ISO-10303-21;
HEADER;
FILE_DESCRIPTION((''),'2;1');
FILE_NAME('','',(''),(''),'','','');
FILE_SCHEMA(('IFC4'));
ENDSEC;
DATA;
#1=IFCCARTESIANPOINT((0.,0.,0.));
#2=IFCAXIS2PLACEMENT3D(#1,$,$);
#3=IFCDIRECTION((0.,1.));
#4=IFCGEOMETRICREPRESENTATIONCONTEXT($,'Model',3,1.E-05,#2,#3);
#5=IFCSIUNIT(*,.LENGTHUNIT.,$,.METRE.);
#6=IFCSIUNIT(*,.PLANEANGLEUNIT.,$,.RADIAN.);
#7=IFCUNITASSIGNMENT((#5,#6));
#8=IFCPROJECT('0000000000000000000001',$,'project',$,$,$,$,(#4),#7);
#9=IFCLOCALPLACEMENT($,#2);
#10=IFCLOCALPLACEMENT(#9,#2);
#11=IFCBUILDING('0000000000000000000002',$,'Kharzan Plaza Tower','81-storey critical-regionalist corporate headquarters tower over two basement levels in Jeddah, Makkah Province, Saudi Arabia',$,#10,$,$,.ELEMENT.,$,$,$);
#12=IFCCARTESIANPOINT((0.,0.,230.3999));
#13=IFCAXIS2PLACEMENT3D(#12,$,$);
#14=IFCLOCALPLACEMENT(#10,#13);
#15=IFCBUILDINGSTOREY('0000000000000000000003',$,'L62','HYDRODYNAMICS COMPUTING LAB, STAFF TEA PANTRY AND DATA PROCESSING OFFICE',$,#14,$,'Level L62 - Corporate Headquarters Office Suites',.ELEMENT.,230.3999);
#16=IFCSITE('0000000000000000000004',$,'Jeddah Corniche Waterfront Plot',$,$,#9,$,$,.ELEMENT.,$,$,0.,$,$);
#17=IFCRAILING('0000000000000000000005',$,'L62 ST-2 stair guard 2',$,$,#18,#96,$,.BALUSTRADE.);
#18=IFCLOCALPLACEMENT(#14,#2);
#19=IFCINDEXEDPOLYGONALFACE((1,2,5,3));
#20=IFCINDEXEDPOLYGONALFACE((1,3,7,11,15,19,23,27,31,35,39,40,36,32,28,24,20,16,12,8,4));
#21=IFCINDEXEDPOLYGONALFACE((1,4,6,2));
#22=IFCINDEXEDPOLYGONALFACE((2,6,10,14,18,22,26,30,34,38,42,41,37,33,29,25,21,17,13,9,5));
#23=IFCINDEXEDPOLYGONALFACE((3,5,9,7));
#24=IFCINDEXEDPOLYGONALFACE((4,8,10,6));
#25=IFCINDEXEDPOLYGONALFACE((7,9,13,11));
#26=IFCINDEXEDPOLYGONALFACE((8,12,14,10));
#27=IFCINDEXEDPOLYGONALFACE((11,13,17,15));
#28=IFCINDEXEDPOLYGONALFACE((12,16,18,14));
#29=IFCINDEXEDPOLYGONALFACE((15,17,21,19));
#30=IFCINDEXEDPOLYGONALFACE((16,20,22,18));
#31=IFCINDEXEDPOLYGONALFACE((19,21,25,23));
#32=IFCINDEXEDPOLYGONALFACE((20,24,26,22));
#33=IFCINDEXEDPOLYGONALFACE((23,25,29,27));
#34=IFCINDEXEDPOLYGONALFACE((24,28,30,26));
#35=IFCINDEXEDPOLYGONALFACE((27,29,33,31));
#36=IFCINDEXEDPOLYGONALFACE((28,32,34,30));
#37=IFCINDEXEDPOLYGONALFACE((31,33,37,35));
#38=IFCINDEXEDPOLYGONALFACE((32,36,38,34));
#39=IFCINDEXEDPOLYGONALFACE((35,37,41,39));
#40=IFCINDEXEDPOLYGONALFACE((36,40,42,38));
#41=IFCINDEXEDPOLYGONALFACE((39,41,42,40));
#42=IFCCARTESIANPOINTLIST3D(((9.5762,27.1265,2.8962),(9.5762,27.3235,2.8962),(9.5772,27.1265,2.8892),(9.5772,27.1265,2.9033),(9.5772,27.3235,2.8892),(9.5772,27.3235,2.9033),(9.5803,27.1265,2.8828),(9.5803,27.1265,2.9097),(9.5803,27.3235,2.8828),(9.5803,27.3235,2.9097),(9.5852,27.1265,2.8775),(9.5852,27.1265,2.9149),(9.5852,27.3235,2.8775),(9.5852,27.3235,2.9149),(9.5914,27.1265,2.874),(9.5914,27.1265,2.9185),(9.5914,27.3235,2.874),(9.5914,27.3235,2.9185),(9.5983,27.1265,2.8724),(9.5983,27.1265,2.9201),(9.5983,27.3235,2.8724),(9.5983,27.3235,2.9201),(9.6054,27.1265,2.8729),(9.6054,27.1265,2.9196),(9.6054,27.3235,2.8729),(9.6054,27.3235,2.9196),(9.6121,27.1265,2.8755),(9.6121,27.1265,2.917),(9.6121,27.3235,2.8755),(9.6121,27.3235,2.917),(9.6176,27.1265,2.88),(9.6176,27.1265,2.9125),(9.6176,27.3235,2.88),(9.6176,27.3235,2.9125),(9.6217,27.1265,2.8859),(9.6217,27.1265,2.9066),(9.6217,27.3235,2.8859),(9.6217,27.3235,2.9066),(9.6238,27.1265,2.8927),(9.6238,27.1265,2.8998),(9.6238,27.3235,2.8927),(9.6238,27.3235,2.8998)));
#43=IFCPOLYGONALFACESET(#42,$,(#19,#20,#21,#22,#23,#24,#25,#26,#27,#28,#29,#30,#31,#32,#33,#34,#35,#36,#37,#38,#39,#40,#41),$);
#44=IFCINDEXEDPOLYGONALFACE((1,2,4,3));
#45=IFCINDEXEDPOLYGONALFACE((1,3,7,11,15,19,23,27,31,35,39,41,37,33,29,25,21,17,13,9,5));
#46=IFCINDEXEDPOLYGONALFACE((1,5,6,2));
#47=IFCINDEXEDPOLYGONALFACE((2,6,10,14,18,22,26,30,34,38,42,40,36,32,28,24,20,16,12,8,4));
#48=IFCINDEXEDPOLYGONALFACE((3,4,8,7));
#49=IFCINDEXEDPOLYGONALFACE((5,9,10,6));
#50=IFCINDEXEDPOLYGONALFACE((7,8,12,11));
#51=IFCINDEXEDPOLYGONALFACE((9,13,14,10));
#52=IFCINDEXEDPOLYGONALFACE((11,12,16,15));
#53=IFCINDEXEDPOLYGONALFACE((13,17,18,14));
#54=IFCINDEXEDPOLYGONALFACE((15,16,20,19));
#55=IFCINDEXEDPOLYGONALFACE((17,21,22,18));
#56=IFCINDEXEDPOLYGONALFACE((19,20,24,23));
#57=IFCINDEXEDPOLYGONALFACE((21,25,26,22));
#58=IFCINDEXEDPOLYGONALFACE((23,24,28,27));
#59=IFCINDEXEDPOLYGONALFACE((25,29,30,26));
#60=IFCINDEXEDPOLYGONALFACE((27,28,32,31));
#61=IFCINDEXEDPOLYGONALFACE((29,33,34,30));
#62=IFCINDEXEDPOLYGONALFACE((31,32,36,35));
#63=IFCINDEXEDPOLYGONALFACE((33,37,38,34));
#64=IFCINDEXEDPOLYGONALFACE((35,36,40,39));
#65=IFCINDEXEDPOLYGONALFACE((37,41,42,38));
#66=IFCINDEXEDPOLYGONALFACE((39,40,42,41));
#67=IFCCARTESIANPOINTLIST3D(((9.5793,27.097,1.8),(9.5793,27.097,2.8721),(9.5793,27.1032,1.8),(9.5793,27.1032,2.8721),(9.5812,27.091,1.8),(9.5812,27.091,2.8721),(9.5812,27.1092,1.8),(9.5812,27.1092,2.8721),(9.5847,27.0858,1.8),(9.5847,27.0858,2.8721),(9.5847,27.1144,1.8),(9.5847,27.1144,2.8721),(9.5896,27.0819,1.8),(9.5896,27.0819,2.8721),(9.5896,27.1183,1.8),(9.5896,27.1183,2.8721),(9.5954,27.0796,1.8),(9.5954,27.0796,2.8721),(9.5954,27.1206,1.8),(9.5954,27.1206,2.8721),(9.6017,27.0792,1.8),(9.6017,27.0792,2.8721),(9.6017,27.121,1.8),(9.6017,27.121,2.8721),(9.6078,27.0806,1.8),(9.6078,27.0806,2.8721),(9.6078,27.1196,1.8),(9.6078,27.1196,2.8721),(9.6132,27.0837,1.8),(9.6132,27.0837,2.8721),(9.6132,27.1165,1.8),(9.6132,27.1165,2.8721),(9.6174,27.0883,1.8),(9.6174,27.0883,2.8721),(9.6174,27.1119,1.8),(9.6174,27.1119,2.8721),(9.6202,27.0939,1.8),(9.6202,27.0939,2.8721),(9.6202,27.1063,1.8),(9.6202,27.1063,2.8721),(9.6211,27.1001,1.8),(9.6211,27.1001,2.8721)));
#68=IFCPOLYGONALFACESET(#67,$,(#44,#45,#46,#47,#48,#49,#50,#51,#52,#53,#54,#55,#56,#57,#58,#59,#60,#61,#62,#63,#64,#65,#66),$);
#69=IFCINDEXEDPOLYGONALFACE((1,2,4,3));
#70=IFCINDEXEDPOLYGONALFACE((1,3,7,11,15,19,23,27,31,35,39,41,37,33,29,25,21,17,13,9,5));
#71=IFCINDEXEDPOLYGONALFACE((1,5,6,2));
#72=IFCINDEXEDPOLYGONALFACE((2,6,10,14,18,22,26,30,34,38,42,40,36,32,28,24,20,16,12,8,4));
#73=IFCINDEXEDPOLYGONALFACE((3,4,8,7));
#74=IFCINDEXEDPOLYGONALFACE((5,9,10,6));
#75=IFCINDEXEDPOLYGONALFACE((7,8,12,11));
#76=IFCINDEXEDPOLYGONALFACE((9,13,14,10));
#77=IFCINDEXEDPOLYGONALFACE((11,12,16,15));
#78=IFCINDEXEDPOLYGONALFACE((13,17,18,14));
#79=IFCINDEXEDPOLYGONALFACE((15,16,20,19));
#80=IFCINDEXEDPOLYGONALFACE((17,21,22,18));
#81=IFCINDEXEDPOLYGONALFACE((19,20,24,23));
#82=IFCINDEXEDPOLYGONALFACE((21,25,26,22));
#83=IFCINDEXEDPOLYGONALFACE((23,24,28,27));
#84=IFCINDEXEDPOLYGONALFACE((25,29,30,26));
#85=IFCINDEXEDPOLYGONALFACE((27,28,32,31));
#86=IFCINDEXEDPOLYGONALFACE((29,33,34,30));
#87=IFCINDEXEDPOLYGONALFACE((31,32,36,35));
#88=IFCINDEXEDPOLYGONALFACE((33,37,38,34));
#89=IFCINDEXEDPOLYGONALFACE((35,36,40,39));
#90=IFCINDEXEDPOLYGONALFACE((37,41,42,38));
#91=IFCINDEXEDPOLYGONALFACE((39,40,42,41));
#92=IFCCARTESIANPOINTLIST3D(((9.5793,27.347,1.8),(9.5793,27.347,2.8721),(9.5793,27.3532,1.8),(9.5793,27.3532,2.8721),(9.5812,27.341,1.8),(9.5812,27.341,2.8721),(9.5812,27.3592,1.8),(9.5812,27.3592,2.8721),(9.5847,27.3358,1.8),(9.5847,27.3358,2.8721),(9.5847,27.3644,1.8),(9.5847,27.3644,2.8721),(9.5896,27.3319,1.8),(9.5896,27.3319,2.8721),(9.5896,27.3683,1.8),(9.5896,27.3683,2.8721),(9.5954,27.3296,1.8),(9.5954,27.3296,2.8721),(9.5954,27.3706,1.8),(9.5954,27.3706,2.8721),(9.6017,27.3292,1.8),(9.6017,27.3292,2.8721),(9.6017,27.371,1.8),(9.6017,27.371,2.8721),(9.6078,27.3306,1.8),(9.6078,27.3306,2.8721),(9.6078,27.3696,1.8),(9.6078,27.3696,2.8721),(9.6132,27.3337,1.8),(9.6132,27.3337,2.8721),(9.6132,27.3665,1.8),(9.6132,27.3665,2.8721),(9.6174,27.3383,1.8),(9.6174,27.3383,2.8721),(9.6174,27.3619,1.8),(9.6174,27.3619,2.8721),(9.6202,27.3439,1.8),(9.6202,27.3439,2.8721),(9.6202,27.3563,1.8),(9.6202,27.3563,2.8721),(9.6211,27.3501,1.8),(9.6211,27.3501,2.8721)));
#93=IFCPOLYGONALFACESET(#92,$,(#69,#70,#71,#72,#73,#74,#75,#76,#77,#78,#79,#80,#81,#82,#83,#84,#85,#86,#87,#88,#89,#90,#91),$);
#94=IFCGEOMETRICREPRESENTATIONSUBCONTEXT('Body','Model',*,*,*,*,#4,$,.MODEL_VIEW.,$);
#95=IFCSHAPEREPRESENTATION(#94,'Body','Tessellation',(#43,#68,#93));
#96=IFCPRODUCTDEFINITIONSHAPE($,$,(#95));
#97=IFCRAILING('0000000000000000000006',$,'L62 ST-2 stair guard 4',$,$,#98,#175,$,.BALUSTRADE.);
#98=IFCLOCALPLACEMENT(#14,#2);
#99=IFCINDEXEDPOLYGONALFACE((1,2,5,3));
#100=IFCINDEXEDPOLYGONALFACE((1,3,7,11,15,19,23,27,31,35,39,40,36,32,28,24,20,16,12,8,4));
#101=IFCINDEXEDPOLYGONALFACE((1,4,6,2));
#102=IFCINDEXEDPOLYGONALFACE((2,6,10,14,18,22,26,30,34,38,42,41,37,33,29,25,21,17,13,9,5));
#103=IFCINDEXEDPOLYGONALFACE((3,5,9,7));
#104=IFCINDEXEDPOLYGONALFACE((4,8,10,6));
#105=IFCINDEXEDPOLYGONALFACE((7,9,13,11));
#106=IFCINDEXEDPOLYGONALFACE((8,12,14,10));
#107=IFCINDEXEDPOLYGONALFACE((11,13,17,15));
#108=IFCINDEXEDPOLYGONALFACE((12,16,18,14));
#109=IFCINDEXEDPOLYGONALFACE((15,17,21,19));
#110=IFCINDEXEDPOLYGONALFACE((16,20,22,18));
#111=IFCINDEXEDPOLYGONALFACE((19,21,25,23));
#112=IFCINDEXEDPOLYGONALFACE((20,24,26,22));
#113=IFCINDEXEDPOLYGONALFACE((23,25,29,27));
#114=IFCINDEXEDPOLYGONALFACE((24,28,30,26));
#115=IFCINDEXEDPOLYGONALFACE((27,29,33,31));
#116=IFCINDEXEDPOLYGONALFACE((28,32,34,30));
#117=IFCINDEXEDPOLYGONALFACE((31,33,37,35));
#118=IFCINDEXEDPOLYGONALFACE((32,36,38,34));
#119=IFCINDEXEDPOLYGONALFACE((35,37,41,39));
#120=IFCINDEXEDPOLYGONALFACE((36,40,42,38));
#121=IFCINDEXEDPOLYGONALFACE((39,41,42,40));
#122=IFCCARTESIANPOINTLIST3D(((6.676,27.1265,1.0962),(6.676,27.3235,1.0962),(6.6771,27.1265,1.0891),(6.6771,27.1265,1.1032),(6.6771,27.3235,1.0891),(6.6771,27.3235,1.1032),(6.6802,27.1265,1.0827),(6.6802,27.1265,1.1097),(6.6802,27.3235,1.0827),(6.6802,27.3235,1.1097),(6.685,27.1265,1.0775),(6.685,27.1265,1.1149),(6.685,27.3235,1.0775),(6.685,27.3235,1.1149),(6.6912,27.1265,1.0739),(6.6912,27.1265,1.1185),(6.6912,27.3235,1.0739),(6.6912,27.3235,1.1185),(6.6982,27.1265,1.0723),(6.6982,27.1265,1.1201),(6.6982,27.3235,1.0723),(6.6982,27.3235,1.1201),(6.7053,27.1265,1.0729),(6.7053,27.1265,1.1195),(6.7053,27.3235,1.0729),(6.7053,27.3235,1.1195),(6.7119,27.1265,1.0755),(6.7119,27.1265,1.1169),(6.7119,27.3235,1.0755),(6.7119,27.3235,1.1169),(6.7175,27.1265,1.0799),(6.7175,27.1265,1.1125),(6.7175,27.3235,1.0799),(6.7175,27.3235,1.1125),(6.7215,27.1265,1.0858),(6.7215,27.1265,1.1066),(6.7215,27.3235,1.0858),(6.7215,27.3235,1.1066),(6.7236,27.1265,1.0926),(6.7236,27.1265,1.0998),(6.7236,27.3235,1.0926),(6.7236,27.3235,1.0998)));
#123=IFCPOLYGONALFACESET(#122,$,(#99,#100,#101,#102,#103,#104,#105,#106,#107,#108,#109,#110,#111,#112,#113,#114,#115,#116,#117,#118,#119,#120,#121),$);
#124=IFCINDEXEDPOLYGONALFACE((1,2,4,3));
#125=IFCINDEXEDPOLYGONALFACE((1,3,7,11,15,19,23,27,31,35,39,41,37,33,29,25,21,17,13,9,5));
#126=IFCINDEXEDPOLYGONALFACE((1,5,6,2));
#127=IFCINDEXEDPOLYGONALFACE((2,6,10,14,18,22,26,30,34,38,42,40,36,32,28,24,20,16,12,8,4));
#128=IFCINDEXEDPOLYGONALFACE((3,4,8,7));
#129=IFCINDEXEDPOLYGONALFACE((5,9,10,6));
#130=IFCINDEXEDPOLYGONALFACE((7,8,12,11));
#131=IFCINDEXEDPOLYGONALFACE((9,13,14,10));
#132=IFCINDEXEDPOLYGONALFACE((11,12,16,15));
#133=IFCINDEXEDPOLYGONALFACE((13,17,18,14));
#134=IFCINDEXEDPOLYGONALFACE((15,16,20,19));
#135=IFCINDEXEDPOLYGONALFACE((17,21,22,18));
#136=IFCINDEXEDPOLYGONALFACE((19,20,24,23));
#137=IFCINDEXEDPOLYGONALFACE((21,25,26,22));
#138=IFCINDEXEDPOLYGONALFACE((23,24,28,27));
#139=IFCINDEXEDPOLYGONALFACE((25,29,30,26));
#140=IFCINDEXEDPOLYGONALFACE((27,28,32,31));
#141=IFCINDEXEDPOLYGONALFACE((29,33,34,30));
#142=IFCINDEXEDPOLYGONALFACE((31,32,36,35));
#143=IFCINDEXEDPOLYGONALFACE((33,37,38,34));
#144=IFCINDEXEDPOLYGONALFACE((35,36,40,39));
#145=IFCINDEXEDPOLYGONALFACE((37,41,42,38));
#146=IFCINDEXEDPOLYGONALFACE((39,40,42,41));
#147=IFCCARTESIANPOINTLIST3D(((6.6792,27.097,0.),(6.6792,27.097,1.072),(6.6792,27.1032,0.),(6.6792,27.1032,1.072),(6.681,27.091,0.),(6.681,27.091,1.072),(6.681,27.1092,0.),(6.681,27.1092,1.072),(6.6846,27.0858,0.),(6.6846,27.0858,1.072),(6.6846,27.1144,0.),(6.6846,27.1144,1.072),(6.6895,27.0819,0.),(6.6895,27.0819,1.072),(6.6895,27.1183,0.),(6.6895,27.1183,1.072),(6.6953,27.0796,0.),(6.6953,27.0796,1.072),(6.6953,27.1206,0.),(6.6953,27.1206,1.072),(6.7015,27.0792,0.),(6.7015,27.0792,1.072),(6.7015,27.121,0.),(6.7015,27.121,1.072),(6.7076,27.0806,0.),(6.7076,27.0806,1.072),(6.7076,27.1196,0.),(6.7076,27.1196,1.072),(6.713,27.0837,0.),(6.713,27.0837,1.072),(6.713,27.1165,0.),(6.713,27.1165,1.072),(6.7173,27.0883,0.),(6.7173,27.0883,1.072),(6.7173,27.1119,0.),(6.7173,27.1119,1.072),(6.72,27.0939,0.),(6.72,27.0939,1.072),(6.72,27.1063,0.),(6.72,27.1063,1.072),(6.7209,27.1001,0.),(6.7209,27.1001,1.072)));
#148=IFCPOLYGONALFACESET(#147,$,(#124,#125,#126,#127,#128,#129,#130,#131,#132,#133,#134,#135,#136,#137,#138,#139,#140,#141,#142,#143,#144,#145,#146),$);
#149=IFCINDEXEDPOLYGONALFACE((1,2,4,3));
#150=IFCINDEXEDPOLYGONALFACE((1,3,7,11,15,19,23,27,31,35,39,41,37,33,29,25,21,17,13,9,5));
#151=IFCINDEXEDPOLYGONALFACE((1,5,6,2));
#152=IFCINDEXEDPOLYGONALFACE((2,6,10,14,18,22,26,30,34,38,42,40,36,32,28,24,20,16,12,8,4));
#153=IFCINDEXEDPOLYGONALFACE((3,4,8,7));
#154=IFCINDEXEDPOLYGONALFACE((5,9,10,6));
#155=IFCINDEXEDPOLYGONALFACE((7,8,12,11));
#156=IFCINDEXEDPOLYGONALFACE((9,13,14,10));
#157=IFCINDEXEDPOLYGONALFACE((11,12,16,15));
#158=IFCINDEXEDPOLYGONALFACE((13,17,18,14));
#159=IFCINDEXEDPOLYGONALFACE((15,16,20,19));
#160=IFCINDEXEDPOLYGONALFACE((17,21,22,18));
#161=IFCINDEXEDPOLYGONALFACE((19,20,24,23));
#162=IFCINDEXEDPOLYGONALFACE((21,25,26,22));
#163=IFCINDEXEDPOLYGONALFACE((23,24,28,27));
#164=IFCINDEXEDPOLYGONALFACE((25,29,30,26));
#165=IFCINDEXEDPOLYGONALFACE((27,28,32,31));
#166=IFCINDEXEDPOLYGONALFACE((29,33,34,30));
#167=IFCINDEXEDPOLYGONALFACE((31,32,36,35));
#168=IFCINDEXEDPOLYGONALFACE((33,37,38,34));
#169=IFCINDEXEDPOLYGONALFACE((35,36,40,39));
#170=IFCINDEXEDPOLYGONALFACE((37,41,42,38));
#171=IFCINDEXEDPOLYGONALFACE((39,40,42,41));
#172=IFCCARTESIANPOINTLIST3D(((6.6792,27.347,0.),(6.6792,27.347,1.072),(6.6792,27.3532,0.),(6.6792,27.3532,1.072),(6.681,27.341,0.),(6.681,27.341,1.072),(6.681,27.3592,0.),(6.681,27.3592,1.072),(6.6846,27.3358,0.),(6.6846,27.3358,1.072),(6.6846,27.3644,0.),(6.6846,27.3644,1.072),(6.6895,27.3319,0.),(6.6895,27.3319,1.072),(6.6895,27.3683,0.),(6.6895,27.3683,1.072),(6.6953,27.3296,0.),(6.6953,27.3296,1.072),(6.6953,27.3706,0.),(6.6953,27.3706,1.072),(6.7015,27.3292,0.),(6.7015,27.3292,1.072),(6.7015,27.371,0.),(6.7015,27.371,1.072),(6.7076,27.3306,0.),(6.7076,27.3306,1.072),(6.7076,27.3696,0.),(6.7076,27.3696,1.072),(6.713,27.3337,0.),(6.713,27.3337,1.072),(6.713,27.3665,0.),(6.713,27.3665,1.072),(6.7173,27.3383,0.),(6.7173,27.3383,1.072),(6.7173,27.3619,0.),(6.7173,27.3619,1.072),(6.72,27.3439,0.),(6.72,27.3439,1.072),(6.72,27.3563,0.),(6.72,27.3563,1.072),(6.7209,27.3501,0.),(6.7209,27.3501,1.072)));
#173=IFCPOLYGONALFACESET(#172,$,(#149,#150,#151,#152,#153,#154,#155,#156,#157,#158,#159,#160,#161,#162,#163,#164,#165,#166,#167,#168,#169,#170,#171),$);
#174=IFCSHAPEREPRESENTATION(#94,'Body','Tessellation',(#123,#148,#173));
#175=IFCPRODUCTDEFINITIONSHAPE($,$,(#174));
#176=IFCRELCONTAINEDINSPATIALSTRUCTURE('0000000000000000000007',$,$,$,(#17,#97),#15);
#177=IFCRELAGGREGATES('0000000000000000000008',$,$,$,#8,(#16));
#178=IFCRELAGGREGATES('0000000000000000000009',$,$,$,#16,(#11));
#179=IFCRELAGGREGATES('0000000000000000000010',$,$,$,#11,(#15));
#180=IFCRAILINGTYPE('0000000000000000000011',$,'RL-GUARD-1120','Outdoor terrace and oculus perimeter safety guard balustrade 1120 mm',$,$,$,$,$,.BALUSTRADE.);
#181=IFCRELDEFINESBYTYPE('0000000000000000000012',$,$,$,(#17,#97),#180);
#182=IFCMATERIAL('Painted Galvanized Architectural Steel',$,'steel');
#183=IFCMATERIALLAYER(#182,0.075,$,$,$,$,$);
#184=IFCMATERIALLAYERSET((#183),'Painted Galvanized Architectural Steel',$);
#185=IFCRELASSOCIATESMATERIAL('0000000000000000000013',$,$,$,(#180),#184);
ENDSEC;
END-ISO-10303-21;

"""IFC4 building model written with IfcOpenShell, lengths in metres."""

from ifc_helpers import new_model, si_unit, direction, frame, origin, origin_2d, place, context, subcontext, project, spatial, circle, extrude, source, transform, mapped, material, layer, layer_set, type_object, element, save


model = new_model("IFC4")

# Units and contexts
model_context = context("Model", 3, precision=1e-05, world=origin(), true_north=direction((0.0, 1.0)))
body_context = subcontext(model_context, "Body", "Model", "MODEL_VIEW")
ifc_project = project(units=[si_unit("LENGTHUNIT", "METRE"), si_unit("PLANEANGLEUNIT", "RADIAN")], contexts=[model_context])

# Site, building, storey
site_placement = place(None, origin())
site = spatial("IfcSite", under=ifc_project, at=site_placement, Name="Jeddah Corniche Waterfront Plot", CompositionType="ELEMENT", RefElevation=0.0)
building_placement = place(site_placement, origin())
building = spatial("IfcBuilding", under=site, at=building_placement, Name="Kharzan Plaza Tower", Description="81-storey critical-regionalist corporate headquarters tower over two basement levels in Jeddah, Makkah Province, Saudi Arabia", CompositionType="ELEMENT")
storey_placement = place(building_placement, frame((0.0, 0.0, 230.3999)))
storey = spatial("IfcBuildingStorey", under=building, at=storey_placement, Name="L62", Description="HYDRODYNAMICS COMPUTING LAB, STAFF TEA PANTRY AND DATA PROCESSING OFFICE", LongName="Level L62 - Corporate Headquarters Office Suites", CompositionType="ELEMENT", Elevation=230.3999)

# Railings
ifc_material_1 = material(Name="Painted Galvanized Architectural Steel", Category="steel")
ifc_layer_1 = layer(ifc_material_1, 0.075)
ifc_layer_set_1 = layer_set([ifc_layer_1], Name="Painted Galvanized Architectural Steel")
railing_type_1 = type_object("IfcRailingType", Name="RL-GUARD-1120", Description="Outdoor terrace and oculus perimeter safety guard balustrade 1120 mm", PredefinedType="BALUSTRADE", material=ifc_layer_set_1)
shared_shape_1 = source(origin(), body_context, "Body", "SweptSolid", [
    extrude(circle(Radius=0.0239, at=origin_2d()), frame((0.0, 0.0264, 1.0962), z_axis=(0.0, 1.0, 0.0), x_axis=(-1.0, 0.0, 0.0)), (0.0, 0.0, 1.0), 0.197),
    extrude(circle(Radius=0.021, at=origin_2d()), origin(), (0.0, 0.0, 1.0), 1.072),
    extrude(circle(Radius=0.021, at=origin_2d()), frame((0.0, 0.25, 0.0)), (0.0, 0.0, 1.0), 1.072),
])
for number, where, name in (
    (1, (9.6001, 27.1001, 1.8), "L62 ST-2 stair guard 2"),
    (2, (6.7, 27.1001, 0.0), "L62 ST-2 stair guard 4"),
):
    element("IfcRailing", number, at=place(storey_placement, frame(where)), inside=storey, type_object=railing_type_1, Name=name, PredefinedType="BALUSTRADE", context=body_context, shape_type="MappedRepresentation", body=[
        mapped(shared_shape_1, transform((0.0, 0.0, 0.0), x_axis=(1.0, 0.0, 0.0), y_axis=(0.0, 1.0, 0.0), z_axis=(0.0, 0.0, 1.0))),
    ])

save(model, "model.ifc")
